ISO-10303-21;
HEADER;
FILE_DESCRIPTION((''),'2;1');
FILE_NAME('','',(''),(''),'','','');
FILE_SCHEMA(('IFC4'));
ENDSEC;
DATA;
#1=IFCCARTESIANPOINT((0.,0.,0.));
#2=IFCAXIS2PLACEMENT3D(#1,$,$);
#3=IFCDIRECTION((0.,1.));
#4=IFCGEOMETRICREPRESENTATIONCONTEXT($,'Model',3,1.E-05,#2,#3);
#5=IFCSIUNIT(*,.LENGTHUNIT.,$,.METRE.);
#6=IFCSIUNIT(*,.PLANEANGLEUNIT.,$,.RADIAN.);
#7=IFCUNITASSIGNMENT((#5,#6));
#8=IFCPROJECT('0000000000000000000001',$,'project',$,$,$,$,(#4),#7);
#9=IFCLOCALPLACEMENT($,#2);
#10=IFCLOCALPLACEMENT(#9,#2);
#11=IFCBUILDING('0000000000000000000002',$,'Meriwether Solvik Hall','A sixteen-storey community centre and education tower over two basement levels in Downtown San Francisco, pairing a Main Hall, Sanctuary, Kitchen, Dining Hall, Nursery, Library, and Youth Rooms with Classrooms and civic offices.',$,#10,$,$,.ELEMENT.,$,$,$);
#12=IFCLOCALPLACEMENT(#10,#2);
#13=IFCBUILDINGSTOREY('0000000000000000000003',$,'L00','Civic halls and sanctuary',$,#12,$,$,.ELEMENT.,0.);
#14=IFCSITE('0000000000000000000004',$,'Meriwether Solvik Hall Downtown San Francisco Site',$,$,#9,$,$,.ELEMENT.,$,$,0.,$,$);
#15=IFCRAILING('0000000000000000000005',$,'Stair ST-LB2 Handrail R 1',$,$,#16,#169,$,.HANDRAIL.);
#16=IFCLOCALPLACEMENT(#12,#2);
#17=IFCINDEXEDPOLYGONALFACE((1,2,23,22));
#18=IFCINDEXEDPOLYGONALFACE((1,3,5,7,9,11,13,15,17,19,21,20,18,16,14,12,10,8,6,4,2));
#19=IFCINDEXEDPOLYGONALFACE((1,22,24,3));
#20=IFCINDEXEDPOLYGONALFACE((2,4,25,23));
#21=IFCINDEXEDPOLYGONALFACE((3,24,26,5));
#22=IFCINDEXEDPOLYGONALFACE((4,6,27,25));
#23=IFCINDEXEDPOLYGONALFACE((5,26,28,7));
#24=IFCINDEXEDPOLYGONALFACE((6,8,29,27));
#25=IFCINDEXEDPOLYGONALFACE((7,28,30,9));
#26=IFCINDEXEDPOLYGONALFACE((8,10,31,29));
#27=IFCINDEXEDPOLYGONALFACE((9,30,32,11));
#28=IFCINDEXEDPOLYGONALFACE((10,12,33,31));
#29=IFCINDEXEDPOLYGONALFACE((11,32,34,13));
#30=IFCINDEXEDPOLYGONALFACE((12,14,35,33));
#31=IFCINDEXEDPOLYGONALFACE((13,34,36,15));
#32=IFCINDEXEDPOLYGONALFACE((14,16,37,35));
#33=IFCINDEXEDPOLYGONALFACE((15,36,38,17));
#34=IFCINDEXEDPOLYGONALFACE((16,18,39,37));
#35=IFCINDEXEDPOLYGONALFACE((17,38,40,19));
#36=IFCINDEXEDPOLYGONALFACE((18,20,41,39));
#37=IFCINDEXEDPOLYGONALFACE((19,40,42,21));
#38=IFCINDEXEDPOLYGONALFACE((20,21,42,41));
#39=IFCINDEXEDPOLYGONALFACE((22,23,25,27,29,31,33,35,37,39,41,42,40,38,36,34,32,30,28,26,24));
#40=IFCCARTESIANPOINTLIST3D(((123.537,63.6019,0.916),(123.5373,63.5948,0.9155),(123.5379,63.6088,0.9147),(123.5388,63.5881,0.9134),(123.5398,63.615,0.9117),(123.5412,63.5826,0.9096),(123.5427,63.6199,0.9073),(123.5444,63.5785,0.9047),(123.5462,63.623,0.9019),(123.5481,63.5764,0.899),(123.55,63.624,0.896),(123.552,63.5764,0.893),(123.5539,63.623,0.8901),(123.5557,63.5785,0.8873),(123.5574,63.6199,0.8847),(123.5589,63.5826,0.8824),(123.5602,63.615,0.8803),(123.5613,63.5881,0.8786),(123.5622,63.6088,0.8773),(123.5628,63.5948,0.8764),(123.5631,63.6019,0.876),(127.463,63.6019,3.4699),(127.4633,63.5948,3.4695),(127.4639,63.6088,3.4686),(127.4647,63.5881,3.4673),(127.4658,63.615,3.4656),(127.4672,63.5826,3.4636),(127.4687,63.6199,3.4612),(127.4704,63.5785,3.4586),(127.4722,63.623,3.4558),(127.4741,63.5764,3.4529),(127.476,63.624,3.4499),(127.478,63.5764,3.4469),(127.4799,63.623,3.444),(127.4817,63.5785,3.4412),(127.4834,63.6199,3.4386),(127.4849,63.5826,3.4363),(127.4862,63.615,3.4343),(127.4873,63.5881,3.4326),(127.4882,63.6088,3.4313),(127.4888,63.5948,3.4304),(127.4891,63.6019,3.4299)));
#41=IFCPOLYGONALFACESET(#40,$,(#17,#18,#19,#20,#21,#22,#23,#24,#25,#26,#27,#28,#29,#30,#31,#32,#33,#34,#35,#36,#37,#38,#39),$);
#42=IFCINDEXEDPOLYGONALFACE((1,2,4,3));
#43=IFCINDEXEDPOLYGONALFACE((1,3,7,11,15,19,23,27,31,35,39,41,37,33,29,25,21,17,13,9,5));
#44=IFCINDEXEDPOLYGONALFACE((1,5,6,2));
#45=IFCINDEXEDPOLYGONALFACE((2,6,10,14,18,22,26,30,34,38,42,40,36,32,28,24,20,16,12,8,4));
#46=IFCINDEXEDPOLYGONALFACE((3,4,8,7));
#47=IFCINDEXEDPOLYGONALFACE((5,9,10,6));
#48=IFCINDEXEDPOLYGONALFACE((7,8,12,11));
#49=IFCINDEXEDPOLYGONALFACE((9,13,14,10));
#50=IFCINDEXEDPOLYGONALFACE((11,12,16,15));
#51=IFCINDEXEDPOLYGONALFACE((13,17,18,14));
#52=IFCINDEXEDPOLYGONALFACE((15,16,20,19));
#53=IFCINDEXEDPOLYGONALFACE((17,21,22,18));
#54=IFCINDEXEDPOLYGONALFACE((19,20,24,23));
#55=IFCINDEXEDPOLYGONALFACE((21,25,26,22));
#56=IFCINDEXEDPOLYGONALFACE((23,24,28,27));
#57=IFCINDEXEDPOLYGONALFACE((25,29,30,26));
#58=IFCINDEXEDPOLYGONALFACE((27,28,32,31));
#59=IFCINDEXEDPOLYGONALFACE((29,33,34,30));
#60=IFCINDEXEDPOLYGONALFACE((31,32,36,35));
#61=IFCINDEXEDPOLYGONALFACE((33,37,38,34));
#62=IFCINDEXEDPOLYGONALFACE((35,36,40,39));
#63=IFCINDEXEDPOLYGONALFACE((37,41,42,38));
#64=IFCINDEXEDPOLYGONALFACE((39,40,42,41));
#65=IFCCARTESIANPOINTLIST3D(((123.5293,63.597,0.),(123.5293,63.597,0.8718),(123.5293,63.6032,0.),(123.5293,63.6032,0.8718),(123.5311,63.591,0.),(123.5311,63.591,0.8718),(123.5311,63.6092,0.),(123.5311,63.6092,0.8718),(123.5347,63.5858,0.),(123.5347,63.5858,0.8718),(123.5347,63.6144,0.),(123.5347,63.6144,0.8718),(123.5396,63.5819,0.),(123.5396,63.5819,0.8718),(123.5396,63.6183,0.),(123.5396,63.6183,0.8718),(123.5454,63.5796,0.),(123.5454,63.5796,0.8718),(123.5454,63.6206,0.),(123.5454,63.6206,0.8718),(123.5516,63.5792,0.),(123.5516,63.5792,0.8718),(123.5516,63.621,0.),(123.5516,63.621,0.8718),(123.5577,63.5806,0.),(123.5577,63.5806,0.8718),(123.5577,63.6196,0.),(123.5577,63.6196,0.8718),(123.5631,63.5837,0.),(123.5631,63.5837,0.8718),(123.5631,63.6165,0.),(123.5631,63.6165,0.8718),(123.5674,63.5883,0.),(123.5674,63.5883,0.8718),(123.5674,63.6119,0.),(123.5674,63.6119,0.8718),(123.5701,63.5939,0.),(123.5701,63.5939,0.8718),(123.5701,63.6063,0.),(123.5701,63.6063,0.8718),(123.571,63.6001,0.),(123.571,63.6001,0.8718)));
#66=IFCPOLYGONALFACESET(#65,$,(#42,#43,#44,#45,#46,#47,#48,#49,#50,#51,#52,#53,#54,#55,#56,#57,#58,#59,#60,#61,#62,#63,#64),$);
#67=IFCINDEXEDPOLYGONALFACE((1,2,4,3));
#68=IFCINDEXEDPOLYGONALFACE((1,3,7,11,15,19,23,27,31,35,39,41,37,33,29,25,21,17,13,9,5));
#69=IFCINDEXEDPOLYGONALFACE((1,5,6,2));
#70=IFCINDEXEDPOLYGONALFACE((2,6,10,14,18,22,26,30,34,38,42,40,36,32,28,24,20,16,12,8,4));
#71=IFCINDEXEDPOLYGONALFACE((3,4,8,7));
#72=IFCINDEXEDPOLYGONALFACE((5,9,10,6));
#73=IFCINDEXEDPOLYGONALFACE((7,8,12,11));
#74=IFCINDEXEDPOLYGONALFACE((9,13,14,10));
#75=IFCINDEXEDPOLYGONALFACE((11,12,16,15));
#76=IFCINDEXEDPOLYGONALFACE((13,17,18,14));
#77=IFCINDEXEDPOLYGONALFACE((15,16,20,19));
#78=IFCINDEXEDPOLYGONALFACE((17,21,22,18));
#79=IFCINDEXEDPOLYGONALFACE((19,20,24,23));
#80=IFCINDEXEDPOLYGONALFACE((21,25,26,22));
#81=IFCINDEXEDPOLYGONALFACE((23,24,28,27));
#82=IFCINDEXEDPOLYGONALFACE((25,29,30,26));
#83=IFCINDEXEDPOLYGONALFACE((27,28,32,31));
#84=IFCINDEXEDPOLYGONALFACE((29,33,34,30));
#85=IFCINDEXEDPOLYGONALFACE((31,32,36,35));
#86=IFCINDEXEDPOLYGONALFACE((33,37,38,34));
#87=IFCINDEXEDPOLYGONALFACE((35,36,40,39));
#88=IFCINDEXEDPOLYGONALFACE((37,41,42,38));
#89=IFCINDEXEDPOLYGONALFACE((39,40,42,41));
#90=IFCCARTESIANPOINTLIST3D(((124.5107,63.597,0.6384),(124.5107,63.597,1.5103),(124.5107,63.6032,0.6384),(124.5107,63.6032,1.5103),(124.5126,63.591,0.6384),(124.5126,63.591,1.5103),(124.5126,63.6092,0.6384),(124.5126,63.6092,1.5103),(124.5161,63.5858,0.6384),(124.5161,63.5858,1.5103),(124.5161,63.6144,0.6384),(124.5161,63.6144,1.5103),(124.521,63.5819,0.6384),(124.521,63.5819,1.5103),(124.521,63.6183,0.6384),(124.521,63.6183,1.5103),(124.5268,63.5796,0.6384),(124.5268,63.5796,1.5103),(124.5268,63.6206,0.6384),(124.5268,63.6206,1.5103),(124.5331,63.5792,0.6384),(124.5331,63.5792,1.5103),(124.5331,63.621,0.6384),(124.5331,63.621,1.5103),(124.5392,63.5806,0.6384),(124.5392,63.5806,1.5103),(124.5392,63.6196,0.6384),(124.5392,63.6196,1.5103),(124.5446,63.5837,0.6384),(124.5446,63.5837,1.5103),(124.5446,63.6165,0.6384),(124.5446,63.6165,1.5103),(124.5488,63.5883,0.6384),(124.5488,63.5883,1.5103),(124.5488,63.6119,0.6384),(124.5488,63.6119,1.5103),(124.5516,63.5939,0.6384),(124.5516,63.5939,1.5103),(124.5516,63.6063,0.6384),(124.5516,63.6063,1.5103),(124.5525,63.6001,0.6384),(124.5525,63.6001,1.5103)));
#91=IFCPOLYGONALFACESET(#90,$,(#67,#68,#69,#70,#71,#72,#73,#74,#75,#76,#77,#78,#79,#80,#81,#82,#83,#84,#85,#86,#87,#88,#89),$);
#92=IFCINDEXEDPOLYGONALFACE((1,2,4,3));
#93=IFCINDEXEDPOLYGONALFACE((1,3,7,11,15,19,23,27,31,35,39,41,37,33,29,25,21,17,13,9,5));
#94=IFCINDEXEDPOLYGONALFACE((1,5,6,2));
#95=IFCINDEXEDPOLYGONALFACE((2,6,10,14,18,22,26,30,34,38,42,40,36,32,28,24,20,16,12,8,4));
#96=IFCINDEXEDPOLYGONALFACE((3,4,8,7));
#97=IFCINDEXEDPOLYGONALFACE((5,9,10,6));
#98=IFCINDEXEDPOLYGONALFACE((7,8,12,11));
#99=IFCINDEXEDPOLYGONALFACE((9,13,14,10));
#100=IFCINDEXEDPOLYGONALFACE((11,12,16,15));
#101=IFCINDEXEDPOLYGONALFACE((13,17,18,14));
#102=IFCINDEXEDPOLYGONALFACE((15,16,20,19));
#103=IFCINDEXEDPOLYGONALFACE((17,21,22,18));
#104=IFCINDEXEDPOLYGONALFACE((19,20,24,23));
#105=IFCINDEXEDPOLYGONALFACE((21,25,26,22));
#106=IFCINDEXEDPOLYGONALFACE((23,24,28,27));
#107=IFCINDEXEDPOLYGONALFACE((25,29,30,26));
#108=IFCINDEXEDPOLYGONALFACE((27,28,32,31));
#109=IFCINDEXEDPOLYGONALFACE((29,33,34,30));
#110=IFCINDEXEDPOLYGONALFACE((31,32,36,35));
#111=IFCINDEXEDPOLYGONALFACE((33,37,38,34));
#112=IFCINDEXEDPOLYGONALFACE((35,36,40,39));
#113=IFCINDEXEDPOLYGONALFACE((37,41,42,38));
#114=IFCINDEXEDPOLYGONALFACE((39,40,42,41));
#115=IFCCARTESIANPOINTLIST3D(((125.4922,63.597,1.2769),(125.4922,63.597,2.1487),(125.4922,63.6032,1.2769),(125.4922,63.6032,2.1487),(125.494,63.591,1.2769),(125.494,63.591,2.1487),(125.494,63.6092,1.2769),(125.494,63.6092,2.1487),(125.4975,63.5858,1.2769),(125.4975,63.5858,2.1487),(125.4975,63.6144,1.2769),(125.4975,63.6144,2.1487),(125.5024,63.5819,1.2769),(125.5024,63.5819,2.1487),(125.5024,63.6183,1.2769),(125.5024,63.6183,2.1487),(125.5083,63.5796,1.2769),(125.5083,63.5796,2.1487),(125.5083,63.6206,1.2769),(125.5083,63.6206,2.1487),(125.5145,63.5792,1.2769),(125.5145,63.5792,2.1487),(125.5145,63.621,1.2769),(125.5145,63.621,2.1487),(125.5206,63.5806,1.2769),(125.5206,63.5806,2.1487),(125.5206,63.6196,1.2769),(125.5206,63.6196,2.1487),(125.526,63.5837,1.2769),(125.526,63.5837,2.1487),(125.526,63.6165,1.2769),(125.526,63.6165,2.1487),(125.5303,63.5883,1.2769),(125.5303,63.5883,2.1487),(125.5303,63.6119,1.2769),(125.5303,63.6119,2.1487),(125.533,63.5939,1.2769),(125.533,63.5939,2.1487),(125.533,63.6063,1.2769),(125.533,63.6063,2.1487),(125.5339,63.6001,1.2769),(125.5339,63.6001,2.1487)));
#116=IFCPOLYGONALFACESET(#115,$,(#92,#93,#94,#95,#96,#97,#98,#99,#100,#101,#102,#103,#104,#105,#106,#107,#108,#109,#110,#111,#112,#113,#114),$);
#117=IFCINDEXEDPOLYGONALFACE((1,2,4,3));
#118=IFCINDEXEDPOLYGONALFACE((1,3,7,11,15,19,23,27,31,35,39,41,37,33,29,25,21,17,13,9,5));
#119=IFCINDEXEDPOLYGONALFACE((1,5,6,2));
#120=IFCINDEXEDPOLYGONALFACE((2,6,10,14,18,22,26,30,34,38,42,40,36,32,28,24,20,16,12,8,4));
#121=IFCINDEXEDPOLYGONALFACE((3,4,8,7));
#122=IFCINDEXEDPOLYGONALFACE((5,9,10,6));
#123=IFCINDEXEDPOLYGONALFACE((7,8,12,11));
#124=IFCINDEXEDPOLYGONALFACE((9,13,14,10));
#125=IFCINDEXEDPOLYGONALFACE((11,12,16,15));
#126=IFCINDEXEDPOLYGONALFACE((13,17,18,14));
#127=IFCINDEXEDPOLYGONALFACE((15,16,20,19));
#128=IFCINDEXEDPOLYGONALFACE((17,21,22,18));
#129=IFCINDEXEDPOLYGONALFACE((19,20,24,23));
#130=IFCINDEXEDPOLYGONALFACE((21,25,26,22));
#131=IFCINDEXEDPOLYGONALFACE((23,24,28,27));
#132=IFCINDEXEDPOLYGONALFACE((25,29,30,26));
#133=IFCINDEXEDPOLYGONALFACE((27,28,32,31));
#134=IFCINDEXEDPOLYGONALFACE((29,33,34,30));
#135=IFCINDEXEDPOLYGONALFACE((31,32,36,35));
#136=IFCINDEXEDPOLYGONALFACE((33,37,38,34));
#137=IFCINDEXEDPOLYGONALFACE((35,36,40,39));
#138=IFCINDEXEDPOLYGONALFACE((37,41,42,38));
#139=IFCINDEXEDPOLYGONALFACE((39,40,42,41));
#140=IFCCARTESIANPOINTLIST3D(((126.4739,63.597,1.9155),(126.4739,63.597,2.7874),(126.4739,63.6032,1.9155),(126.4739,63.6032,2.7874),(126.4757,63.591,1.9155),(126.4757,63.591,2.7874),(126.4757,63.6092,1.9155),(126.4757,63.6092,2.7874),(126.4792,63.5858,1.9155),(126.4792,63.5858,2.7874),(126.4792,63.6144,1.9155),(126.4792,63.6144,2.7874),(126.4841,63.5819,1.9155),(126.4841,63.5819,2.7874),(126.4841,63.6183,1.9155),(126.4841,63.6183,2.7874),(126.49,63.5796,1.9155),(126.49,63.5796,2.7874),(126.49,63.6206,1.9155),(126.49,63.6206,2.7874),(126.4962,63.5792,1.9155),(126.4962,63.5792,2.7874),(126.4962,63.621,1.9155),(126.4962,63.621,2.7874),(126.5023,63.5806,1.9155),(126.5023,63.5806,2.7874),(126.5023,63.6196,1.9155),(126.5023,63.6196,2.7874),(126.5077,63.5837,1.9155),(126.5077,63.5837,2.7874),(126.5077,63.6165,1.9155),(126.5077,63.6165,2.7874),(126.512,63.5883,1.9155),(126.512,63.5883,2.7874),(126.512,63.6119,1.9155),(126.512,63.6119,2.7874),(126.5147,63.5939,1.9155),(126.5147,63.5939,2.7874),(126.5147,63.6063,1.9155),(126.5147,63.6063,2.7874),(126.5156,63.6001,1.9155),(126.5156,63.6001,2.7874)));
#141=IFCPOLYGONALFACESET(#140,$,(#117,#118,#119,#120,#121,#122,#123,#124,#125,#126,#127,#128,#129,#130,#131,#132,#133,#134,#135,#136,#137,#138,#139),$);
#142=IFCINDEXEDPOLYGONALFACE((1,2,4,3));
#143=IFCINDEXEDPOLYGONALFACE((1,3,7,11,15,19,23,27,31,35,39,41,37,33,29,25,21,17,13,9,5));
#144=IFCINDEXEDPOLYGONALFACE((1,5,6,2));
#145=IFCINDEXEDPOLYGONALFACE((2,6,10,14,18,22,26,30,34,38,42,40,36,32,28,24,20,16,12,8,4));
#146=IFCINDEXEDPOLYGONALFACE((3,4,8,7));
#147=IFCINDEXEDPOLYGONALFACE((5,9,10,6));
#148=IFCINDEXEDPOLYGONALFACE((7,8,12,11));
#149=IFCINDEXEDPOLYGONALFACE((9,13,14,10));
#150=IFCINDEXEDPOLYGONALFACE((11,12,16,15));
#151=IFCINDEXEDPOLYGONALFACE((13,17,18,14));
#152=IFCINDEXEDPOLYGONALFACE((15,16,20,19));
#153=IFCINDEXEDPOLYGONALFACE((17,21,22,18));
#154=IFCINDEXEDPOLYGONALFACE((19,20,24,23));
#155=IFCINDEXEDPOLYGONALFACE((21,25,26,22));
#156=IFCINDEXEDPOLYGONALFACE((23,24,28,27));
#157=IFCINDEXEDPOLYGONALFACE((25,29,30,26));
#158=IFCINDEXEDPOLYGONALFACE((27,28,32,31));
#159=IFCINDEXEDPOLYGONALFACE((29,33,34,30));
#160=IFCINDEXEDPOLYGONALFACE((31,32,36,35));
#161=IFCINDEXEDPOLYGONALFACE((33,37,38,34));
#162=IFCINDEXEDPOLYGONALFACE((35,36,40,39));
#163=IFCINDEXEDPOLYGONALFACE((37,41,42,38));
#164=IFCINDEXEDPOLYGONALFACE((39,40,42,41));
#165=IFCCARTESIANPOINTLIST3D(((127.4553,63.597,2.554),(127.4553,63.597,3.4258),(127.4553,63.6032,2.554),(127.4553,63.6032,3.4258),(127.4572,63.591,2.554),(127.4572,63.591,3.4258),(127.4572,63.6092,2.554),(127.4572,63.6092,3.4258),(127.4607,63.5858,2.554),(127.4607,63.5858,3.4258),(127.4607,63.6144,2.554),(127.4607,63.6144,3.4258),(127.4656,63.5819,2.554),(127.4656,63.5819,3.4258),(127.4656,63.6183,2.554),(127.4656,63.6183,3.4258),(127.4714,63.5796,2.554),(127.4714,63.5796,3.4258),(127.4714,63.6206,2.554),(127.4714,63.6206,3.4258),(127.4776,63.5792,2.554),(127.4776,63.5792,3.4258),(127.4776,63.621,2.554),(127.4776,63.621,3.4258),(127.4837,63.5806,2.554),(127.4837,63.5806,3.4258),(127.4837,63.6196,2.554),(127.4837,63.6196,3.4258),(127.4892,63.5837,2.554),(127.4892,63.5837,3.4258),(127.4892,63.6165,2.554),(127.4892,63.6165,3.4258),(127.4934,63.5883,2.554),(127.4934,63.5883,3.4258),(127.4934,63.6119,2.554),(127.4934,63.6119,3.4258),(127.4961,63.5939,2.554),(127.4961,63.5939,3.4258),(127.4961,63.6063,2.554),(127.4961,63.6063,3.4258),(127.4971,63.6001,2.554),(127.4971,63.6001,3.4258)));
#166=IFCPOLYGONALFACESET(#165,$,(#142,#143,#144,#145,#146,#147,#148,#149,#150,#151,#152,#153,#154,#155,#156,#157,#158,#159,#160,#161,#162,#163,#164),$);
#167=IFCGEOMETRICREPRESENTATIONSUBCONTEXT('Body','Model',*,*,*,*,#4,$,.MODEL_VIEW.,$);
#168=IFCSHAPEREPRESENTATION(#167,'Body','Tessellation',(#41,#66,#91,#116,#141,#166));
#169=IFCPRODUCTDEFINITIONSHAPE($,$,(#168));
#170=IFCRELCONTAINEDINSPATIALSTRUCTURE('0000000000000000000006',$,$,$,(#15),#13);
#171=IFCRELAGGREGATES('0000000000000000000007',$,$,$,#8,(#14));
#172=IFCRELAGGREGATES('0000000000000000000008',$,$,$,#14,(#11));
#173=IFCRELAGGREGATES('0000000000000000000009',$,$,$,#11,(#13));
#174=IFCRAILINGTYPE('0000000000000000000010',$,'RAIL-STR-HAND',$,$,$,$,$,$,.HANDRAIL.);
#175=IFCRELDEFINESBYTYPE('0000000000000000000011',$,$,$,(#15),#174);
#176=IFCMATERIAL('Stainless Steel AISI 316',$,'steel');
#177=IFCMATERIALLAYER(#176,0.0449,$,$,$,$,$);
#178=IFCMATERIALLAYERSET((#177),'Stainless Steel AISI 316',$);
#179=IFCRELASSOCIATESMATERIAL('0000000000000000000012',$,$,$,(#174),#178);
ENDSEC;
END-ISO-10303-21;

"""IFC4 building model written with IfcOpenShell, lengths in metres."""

from ifc_helpers import new_model, si_unit, direction, frame, origin, origin_2d, place, context, subcontext, project, spatial, circle, extrude, material, layer, layer_set, type_object, element, save


model = new_model("IFC4")

# Units and contexts
model_context = context("Model", 3, precision=1e-05, world=origin(), true_north=direction((0.0, 1.0)))
body_context = subcontext(model_context, "Body", "Model", "MODEL_VIEW")
ifc_project = project(units=[si_unit("LENGTHUNIT", "METRE"), si_unit("PLANEANGLEUNIT", "RADIAN")], contexts=[model_context])

# Site, building, storey
site_placement = place(None, origin())
site = spatial("IfcSite", under=ifc_project, at=site_placement, Name="Meriwether Solvik Hall Downtown San Francisco Site", CompositionType="ELEMENT", RefElevation=0.0)
building_placement = place(site_placement, origin())
building = spatial("IfcBuilding", under=site, at=building_placement, Name="Meriwether Solvik Hall", Description="A sixteen-storey community centre and education tower over two basement levels in Downtown San Francisco, pairing a Main Hall, Sanctuary, Kitchen, Dining Hall, Nursery, Library, and Youth Rooms with Classrooms and civic offices.", CompositionType="ELEMENT")
storey_placement = place(building_placement, origin())
storey = spatial("IfcBuildingStorey", under=building, at=storey_placement, Name="L00", Description="Civic halls and sanctuary", CompositionType="ELEMENT", Elevation=0.0)

# Railing
ifc_material_1 = material(Name="Stainless Steel AISI 316", Category="steel")
ifc_layer_1 = layer(ifc_material_1, 0.0449)
ifc_layer_set_1 = layer_set([ifc_layer_1], Name="Stainless Steel AISI 316")
railing_type_1 = type_object("IfcRailingType", Name="RAIL-STR-HAND", PredefinedType="HANDRAIL", material=ifc_layer_set_1)
railing_1_placement = place(storey_placement, frame((123.55, 63.6001, 0.0)))
element("IfcRailing", 1, at=railing_1_placement, inside=storey, type_object=railing_type_1, Name="Stair ST-LB2 Handrail R 1", PredefinedType="HANDRAIL", context=body_context, shape_type="SweptSolid", body=[
    extrude(circle(Radius=0.0239, at=origin_2d()), frame((0.0, 0.0, 0.896), z_axis=(0.838245, 0.0, 0.545294), x_axis=(0.0, 1.0, 0.0)), (0.0, 0.0, 1.0), 4.6836),
    extrude(circle(Radius=0.021, at=origin_2d()), origin(), (0.0, 0.0, 1.0), 0.8718),
    extrude(circle(Radius=0.021, at=origin_2d()), frame((0.9814, 0.0, 0.6384)), (0.0, 0.0, 1.0), 0.8718),
    extrude(circle(Radius=0.021, at=origin_2d()), frame((1.9629, 0.0, 1.2769)), (0.0, 0.0, 1.0), 0.8718),
    extrude(circle(Radius=0.021, at=origin_2d()), frame((2.9446, 0.0, 1.9155)), (0.0, 0.0, 1.0), 0.8718),
    extrude(circle(Radius=0.021, at=origin_2d()), frame((3.926, 0.0, 2.554)), (0.0, 0.0, 1.0), 0.8718),
])

save(model, "model.ifc")
